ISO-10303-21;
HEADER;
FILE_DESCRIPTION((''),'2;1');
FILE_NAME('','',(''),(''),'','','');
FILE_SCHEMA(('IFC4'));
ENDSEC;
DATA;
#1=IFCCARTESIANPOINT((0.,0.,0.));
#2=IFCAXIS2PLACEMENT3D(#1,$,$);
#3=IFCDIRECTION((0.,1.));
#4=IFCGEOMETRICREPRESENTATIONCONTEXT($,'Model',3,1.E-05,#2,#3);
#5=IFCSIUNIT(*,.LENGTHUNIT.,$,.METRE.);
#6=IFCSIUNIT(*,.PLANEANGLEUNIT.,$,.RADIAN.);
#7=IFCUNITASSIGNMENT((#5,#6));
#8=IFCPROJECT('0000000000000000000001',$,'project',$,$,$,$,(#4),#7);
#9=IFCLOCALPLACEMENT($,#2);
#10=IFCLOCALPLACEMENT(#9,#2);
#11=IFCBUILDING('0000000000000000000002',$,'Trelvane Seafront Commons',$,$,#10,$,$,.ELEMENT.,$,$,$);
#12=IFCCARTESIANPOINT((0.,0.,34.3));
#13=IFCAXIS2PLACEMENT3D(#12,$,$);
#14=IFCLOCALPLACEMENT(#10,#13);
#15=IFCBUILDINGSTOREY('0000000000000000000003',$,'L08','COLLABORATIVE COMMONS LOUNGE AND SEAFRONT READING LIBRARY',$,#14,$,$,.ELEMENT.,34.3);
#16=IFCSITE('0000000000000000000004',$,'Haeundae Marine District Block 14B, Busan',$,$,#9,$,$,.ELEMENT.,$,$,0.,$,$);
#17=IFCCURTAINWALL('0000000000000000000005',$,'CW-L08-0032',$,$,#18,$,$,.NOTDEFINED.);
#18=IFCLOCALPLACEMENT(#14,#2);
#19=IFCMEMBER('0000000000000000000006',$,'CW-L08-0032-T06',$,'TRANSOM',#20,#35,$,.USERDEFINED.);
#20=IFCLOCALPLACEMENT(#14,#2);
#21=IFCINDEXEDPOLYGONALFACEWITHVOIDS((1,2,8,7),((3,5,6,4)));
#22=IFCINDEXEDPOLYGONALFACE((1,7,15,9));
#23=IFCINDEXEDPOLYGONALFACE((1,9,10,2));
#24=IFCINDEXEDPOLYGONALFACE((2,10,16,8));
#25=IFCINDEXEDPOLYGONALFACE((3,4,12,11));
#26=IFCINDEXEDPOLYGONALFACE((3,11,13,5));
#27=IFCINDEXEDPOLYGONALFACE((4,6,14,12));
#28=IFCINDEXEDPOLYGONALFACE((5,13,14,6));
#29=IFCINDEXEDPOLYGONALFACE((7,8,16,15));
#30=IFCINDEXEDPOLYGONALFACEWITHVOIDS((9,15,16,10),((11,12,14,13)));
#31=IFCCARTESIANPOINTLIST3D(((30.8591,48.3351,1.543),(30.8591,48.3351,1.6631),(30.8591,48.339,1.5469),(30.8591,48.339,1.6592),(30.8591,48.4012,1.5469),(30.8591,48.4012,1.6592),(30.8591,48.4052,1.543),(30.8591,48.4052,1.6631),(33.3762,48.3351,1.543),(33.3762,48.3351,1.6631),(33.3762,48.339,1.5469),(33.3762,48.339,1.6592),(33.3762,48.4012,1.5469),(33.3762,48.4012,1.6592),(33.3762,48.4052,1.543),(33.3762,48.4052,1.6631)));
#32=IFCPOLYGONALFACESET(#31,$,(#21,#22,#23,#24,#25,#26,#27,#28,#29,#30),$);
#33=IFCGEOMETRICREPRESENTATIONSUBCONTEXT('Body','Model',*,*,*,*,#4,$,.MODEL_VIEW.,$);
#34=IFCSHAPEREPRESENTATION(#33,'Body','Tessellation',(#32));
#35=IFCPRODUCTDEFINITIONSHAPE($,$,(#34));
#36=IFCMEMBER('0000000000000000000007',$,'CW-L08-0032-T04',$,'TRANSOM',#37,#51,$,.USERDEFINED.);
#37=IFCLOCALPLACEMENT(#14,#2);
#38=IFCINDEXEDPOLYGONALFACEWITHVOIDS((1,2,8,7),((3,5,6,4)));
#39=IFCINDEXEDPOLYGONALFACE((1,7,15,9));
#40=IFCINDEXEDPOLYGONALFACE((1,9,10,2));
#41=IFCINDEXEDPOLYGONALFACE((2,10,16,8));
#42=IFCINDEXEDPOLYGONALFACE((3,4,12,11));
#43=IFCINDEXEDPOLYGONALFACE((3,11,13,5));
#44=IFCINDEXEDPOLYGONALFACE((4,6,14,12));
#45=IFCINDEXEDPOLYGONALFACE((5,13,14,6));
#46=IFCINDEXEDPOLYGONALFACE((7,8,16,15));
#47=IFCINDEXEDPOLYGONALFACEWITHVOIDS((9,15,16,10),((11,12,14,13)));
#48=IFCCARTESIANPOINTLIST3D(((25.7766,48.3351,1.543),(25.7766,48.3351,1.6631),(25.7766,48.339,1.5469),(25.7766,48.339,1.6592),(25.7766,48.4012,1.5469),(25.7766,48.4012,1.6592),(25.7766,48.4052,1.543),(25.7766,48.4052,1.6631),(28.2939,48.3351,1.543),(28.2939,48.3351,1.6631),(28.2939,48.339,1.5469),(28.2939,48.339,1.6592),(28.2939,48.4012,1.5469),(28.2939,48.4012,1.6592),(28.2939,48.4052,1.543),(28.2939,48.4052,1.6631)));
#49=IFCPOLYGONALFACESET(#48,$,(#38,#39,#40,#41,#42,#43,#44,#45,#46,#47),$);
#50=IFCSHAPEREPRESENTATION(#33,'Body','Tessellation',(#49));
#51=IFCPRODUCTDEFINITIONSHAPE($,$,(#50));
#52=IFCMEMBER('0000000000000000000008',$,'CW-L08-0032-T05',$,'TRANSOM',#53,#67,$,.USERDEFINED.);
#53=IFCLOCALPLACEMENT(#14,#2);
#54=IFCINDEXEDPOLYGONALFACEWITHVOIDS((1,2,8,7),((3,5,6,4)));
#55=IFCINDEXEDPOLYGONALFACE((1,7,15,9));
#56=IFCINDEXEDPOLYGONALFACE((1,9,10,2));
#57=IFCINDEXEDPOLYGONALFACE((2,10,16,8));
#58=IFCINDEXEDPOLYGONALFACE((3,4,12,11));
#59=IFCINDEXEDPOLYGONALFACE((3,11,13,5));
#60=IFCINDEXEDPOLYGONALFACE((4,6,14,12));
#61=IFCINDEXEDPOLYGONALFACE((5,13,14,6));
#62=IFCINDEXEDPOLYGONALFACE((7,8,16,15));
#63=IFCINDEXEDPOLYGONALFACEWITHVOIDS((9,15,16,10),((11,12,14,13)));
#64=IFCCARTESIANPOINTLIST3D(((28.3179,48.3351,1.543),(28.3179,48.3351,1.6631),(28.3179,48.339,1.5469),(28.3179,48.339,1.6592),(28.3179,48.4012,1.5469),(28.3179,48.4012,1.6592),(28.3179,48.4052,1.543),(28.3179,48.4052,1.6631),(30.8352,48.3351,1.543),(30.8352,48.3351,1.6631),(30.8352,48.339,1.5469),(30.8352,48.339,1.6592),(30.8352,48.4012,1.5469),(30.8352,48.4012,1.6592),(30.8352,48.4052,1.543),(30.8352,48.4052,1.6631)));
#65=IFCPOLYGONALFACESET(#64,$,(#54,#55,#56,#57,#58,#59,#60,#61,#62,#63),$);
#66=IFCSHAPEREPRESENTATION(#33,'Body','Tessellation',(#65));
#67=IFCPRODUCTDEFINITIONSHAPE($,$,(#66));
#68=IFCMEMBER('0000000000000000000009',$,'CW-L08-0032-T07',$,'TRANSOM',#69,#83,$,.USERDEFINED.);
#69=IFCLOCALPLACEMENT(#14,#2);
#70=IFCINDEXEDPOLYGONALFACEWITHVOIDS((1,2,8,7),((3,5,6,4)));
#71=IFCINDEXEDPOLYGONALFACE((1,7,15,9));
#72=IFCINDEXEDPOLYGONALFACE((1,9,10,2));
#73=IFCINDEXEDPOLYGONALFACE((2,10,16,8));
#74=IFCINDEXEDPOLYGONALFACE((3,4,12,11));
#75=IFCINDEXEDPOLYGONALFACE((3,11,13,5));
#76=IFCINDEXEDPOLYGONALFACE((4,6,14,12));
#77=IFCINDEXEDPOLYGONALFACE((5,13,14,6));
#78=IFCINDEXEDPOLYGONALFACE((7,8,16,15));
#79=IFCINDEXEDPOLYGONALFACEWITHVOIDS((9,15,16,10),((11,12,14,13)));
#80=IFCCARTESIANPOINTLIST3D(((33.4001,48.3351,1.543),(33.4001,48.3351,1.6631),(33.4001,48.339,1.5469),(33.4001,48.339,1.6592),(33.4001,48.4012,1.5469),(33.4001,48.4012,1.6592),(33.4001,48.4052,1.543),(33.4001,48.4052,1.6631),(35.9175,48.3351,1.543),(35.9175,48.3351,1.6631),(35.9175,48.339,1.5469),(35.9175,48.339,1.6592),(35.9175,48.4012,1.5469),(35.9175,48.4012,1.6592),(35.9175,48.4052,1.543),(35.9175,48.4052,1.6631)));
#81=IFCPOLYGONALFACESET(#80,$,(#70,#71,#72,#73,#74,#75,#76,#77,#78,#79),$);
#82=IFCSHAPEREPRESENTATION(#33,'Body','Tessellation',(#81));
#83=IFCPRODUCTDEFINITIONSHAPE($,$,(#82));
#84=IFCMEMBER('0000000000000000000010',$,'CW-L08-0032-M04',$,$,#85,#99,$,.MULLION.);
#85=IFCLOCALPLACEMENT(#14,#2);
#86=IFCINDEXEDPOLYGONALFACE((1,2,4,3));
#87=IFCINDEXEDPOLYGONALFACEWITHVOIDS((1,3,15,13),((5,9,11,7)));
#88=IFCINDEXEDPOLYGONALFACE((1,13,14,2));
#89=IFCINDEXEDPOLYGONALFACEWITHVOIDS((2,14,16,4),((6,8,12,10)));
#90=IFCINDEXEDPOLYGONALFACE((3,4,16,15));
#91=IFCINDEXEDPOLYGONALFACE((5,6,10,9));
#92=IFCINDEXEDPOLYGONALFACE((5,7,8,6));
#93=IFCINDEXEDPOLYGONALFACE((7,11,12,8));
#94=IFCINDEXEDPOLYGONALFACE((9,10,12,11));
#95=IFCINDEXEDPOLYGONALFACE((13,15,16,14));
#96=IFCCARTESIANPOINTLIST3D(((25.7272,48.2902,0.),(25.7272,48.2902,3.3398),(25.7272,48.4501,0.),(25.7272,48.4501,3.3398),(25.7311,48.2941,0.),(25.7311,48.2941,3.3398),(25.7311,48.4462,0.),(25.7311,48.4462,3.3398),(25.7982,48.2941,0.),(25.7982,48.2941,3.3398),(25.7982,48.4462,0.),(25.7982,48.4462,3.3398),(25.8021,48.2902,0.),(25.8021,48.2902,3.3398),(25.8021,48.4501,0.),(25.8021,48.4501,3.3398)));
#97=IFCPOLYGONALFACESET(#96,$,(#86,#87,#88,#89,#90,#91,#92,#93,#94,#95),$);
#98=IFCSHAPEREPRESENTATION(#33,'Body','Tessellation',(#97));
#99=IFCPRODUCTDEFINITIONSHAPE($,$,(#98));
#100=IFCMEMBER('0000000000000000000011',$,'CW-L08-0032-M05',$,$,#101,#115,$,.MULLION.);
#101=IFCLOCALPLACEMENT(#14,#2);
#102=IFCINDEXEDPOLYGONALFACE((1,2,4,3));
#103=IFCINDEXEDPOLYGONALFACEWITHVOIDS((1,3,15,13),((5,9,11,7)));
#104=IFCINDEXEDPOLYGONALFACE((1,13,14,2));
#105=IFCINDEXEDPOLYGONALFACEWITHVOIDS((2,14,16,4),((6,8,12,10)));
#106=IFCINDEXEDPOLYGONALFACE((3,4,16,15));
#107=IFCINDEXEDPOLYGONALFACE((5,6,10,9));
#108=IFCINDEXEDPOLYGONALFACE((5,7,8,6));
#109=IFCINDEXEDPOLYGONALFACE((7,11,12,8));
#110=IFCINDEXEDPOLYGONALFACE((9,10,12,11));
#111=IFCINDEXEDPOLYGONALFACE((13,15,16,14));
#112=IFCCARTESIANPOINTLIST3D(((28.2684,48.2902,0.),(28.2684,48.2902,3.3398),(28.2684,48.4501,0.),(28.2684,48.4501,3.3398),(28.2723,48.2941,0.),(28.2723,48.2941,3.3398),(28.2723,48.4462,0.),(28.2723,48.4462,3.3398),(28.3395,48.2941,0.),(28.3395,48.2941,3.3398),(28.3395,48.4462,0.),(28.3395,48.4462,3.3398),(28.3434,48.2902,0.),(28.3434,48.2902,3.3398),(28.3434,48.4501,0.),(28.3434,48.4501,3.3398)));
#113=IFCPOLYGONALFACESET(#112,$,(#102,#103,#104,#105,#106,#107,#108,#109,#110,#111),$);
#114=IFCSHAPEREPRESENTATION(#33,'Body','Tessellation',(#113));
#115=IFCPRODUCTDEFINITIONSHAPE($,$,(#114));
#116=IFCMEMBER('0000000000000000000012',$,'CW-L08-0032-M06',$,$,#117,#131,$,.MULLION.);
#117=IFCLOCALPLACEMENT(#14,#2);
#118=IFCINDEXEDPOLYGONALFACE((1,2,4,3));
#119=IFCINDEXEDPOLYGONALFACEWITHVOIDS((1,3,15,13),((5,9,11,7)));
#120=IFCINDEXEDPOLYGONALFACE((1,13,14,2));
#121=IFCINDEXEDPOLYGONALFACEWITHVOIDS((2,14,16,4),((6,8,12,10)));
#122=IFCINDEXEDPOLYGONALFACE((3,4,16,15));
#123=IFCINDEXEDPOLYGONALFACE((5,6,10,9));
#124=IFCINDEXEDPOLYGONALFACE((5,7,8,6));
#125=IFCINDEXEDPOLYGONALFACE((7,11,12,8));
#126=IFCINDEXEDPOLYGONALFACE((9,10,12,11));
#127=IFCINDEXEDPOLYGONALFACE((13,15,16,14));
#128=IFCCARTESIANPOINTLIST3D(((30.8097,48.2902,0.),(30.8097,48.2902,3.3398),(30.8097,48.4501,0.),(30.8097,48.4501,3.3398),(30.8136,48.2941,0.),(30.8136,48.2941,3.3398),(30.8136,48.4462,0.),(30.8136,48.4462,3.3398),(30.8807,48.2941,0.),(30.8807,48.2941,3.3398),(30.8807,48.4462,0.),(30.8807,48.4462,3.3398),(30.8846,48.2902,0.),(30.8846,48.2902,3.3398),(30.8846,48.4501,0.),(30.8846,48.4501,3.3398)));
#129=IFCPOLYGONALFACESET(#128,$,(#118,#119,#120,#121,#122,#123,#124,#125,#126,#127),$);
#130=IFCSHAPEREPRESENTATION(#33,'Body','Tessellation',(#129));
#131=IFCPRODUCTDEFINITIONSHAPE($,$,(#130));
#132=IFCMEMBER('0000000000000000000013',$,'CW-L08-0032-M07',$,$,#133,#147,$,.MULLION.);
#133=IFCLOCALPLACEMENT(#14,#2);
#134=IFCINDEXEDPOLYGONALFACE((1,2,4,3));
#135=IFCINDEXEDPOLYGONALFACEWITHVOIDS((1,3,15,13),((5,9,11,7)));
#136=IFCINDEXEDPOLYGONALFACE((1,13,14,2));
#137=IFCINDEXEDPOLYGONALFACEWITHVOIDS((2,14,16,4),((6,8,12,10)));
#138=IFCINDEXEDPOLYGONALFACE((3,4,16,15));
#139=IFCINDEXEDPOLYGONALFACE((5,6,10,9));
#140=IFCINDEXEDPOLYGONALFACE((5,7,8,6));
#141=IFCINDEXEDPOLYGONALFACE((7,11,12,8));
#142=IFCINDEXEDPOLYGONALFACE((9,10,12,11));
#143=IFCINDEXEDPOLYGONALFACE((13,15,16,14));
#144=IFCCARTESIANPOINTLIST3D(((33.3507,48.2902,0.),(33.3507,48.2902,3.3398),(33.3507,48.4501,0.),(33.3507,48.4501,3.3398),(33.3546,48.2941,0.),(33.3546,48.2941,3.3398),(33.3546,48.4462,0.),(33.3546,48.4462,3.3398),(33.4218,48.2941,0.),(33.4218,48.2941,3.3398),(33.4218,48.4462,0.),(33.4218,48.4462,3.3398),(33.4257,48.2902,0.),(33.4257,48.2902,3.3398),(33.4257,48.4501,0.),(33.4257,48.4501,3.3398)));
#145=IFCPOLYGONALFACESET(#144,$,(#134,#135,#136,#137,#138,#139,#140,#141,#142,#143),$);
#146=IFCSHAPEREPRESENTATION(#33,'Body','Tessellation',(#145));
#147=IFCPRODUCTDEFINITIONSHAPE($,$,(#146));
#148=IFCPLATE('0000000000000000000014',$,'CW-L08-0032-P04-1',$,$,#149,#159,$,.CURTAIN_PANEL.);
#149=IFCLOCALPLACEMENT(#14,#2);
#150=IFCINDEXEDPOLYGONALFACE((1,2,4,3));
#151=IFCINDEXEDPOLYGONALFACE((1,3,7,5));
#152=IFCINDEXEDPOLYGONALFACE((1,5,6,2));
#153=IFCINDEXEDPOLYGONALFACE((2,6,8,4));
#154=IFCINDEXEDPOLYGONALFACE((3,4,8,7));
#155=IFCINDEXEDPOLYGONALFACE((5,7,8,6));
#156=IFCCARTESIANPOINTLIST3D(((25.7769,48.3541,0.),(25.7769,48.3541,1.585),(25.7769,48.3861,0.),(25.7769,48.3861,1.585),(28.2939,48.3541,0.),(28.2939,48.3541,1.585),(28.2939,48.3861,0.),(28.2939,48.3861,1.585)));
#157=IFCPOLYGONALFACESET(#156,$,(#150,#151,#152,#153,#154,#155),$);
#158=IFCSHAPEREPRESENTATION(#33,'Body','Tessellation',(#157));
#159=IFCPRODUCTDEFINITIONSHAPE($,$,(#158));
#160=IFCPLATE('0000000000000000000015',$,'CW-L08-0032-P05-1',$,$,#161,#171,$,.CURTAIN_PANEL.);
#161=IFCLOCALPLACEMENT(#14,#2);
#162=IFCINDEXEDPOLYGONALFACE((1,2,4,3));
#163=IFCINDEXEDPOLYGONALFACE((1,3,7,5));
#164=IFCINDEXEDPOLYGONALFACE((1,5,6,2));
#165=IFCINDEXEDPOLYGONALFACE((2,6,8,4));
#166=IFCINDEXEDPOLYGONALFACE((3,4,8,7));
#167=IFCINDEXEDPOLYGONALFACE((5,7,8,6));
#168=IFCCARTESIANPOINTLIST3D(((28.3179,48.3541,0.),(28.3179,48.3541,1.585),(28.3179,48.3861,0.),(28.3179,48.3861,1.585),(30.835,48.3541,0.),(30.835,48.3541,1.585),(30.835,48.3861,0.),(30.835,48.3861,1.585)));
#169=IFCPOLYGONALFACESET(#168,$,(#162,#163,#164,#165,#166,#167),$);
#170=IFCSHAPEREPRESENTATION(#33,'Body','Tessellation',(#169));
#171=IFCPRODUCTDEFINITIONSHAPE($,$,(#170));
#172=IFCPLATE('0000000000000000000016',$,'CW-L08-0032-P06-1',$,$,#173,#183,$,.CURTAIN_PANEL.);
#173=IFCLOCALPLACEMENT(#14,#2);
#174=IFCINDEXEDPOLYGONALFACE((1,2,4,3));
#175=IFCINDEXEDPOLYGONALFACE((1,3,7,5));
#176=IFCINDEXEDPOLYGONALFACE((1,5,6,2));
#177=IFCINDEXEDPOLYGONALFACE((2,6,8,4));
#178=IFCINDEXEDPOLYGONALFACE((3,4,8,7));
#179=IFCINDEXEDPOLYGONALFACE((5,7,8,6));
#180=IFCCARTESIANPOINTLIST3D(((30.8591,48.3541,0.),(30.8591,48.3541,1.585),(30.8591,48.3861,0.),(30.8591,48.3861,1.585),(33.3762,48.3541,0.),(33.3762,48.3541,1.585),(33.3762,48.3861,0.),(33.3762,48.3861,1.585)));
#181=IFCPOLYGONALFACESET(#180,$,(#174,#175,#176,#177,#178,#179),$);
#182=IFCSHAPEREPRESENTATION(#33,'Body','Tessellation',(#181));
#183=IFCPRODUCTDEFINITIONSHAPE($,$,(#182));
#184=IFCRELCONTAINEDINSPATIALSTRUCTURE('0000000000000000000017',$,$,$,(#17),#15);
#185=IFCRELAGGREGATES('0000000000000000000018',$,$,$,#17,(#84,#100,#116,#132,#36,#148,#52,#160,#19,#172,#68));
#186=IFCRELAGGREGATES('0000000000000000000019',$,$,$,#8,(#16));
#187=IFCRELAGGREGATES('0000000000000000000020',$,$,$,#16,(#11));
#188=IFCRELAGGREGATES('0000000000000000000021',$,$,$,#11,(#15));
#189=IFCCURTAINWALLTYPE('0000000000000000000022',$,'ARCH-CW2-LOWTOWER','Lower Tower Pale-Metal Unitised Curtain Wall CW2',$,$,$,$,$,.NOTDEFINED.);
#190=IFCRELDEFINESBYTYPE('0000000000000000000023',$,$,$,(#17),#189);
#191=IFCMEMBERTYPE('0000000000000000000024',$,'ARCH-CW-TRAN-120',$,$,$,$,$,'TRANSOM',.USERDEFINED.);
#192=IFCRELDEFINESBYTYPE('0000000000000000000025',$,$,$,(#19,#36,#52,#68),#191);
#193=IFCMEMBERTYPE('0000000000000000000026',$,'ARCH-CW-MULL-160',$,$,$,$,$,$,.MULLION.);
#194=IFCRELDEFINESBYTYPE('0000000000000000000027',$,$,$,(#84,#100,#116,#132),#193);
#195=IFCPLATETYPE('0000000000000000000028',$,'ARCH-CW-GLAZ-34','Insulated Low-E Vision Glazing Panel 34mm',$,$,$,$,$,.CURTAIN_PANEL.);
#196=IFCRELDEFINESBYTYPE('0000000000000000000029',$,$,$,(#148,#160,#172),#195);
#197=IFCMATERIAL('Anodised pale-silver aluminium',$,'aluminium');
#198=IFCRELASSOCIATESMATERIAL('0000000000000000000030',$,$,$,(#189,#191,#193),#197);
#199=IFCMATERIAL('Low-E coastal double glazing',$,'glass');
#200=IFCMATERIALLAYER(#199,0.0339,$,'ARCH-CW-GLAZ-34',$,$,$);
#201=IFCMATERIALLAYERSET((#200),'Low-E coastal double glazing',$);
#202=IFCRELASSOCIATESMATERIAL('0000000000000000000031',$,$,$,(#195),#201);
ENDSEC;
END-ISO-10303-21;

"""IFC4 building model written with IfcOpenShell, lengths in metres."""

from ifc_helpers import new_model, si_unit, direction, frame, origin, origin_2d, place, context, subcontext, project, spatial, rectangle, hollow_rectangle, extrude, source, transform, mapped, material, layer, layer_set, material_profile, profile_set, type_object, element, aggregate, save


model = new_model("IFC4")

# Units and contexts
model_context = context("Model", 3, precision=1e-05, world=origin(), true_north=direction((0.0, 1.0)))
body_context = subcontext(model_context, "Body", "Model", "MODEL_VIEW")
ifc_project = project(units=[si_unit("LENGTHUNIT", "METRE"), si_unit("PLANEANGLEUNIT", "RADIAN")], contexts=[model_context])

# Site, building, storey
site_placement = place(None, origin())
site = spatial("IfcSite", under=ifc_project, at=site_placement, Name="Haeundae Marine District Block 14B, Busan", CompositionType="ELEMENT", RefElevation=0.0)
building_placement = place(site_placement, origin())
building = spatial("IfcBuilding", under=site, at=building_placement, Name="Trelvane Seafront Commons", CompositionType="ELEMENT")
storey_placement = place(building_placement, frame((0.0, 0.0, 34.3)))
storey = spatial("IfcBuildingStorey", under=building, at=storey_placement, Name="L08", Description="COLLABORATIVE COMMONS LOUNGE AND SEAFRONT READING LIBRARY", CompositionType="ELEMENT", Elevation=34.3)

# Curtain wall, members, plates
ifc_material_1 = material(Name="Anodised pale-silver aluminium", Category="aluminium")
curtain_wall_type = type_object("IfcCurtainWallType", Name="ARCH-CW2-LOWTOWER", Description="Lower Tower Pale-Metal Unitised Curtain Wall CW2", PredefinedType="NOTDEFINED", material=ifc_material_1)
curtain_wall_placement = place(storey_placement, origin())
curtain_wall = element("IfcCurtainWall", 1, at=curtain_wall_placement, inside=storey, type_object=curtain_wall_type, Name="CW-L08-0032", PredefinedType="NOTDEFINED")
ifc_material_profile_1 = material_profile(ifc_material_1, hollow_rectangle(XDim=0.0701, YDim=0.1201, WallThickness=0.0039, at=origin_2d()), Name="TRAN-70x120x4")
ifc_profile_set_1 = profile_set([ifc_material_profile_1], Name="Anodised pale-silver aluminium")
member_type_1 = type_object("IfcMemberType", Name="ARCH-CW-TRAN-120", ElementType="TRANSOM", PredefinedType="USERDEFINED", material=ifc_profile_set_1)
shared_shape_1 = source(origin(), body_context, "Body", "SweptSolid", [
    extrude(hollow_rectangle(XDim=0.0701, YDim=0.1201, WallThickness=0.0039, at=origin_2d()), origin(), (0.0, 0.0, 1.0), 2.5171),
])
member_1_placement = place(storey_placement, frame((30.8591, 48.3701, 1.603), z_axis=(1.0, 0.0, 0.0), x_axis=(0.0, 1.0, 0.0)))
member_1 = element("IfcMember", 2, at=member_1_placement, type_object=member_type_1, Name="CW-L08-0032-T06", ObjectType="TRANSOM", PredefinedType="USERDEFINED", context=body_context, shape_type="MappedRepresentation", body=[
    mapped(shared_shape_1, transform((0.0, 0.0, 0.0), x_axis=(1.0, 0.0, 0.0), y_axis=(0.0, 1.0, 0.0), z_axis=(0.0, 0.0, 1.0), scale=1.0)),
])
shared_shape_2 = source(origin(), body_context, "Body", "SweptSolid", [
    extrude(hollow_rectangle(XDim=0.0701, YDim=0.1201, WallThickness=0.0039, at=origin_2d()), origin(), (0.0, 0.0, 1.0), 2.5173),
])
member_2_placement = place(storey_placement, frame((25.7766, 48.3701, 1.603), z_axis=(1.0, 0.0, 0.0), x_axis=(0.0, 1.0, 0.0)))
member_2 = element("IfcMember", 3, at=member_2_placement, type_object=member_type_1, Name="CW-L08-0032-T04", ObjectType="TRANSOM", PredefinedType="USERDEFINED", context=body_context, shape_type="MappedRepresentation", body=[
    mapped(shared_shape_2, transform((0.0, 0.0, 0.0), x_axis=(1.0, 0.0, 0.0), y_axis=(0.0, 1.0, 0.0), z_axis=(0.0, 0.0, 1.0), scale=1.0)),
])
member_3_placement = place(storey_placement, frame((28.3179, 48.3701, 1.603), z_axis=(1.0, 0.0, 0.0), x_axis=(0.0, 1.0, 0.0)))
member_3 = element("IfcMember", 4, at=member_3_placement, type_object=member_type_1, Name="CW-L08-0032-T05", ObjectType="TRANSOM", PredefinedType="USERDEFINED", context=body_context, shape_type="MappedRepresentation", body=[
    mapped(shared_shape_2, transform((0.0, 0.0, 0.0), x_axis=(1.0, 0.0, 0.0), y_axis=(0.0, 1.0, 0.0), z_axis=(0.0, 0.0, 1.0), scale=1.0)),
])
member_4_placement = place(storey_placement, frame((33.4001, 48.3701, 1.603), z_axis=(1.0, 0.0, 0.0), x_axis=(0.0, 1.0, 0.0)))
member_4 = element("IfcMember", 5, at=member_4_placement, type_object=member_type_1, Name="CW-L08-0032-T07", ObjectType="TRANSOM", PredefinedType="USERDEFINED", context=body_context, shape_type="MappedRepresentation", body=[
    mapped(shared_shape_2, transform((0.0, 0.0, 0.0), x_axis=(1.0, 0.0, 0.0), y_axis=(0.0, 1.0, 0.0), z_axis=(0.0, 0.0, 1.0), scale=1.0)),
])
ifc_material_profile_2 = material_profile(ifc_material_1, hollow_rectangle(XDim=0.075, YDim=0.1599, WallThickness=0.0039, at=origin_2d()), Name="MULL-75x160x4")
ifc_profile_set_2 = profile_set([ifc_material_profile_2], Name="Anodised pale-silver aluminium")
member_type_2 = type_object("IfcMemberType", Name="ARCH-CW-MULL-160", PredefinedType="MULLION", material=ifc_profile_set_2)
shared_shape_3 = source(origin(), body_context, "Body", "SweptSolid", [
    extrude(hollow_rectangle(XDim=0.075, YDim=0.1599, WallThickness=0.0039, at=origin_2d()), origin(), (0.0, 0.0, 1.0), 3.3398),
])
member_5_placement = place(storey_placement, frame((25.7646, 48.3701, 0.0), z_axis=(0.0, 0.0, 1.0), x_axis=(1.0, 0.0, 0.0)))
member_5 = element("IfcMember", 6, at=member_5_placement, type_object=member_type_2, Name="CW-L08-0032-M04", PredefinedType="MULLION", context=body_context, shape_type="MappedRepresentation", body=[
    mapped(shared_shape_3, transform((0.0, 0.0, 0.0), x_axis=(1.0, 0.0, 0.0), y_axis=(0.0, 1.0, 0.0), z_axis=(0.0, 0.0, 1.0), scale=1.0)),
])
member_6_placement = place(storey_placement, frame((28.3059, 48.3701, 0.0), z_axis=(0.0, 0.0, 1.0), x_axis=(1.0, 0.0, 0.0)))
member_6 = element("IfcMember", 7, at=member_6_placement, type_object=member_type_2, Name="CW-L08-0032-M05", PredefinedType="MULLION", context=body_context, shape_type="MappedRepresentation", body=[
    mapped(shared_shape_3, transform((0.0, 0.0, 0.0), x_axis=(1.0, 0.0, 0.0), y_axis=(0.0, 1.0, 0.0), z_axis=(0.0, 0.0, 1.0), scale=1.0)),
])
member_7_placement = place(storey_placement, frame((30.8472, 48.3701, 0.0), z_axis=(0.0, 0.0, 1.0), x_axis=(1.0, 0.0, 0.0)))
member_7 = element("IfcMember", 8, at=member_7_placement, type_object=member_type_2, Name="CW-L08-0032-M06", PredefinedType="MULLION", context=body_context, shape_type="MappedRepresentation", body=[
    mapped(shared_shape_3, transform((0.0, 0.0, 0.0), x_axis=(1.0, 0.0, 0.0), y_axis=(0.0, 1.0, 0.0), z_axis=(0.0, 0.0, 1.0), scale=1.0)),
])
member_8_placement = place(storey_placement, frame((33.3882, 48.3701, 0.0), z_axis=(0.0, 0.0, 1.0), x_axis=(1.0, 0.0, 0.0)))
member_8 = element("IfcMember", 9, at=member_8_placement, type_object=member_type_2, Name="CW-L08-0032-M07", PredefinedType="MULLION", context=body_context, shape_type="MappedRepresentation", body=[
    mapped(shared_shape_3, transform((0.0, 0.0, 0.0), x_axis=(1.0, 0.0, 0.0), y_axis=(0.0, 1.0, 0.0), z_axis=(0.0, 0.0, 1.0), scale=1.0)),
])
ifc_material_2 = material(Name="Low-E coastal double glazing", Category="glass")
ifc_layer_1 = layer(ifc_material_2, 0.0339, Name="ARCH-CW-GLAZ-34")
ifc_layer_set_1 = layer_set([ifc_layer_1], Name="Low-E coastal double glazing")
plate_type_1 = type_object("IfcPlateType", Name="ARCH-CW-GLAZ-34", Description="Insulated Low-E Vision Glazing Panel 34mm", PredefinedType="CURTAIN_PANEL", material=ifc_layer_set_1)
shared_shape_4 = source(origin(), body_context, "Body", "SweptSolid", [
    extrude(rectangle(XDim=2.5171, YDim=0.032, at=origin_2d()), origin(), (0.0, 0.0, 1.0), 1.585),
])
plate_1_placement = place(storey_placement, frame((27.0354, 48.3701, 0.0), z_axis=(0.0, 0.0, 1.0), x_axis=(1.0, 0.0, 0.0)))
plate_1 = element("IfcPlate", 10, at=plate_1_placement, type_object=plate_type_1, Name="CW-L08-0032-P04-1", PredefinedType="CURTAIN_PANEL", context=body_context, shape_type="MappedRepresentation", body=[
    mapped(shared_shape_4, transform((0.0, 0.0, 0.0), x_axis=(1.0, 0.0, 0.0), y_axis=(0.0, 1.0, 0.0), z_axis=(0.0, 0.0, 1.0), scale=1.0)),
])
plate_2_placement = place(storey_placement, frame((29.5764, 48.3701, 0.0), z_axis=(0.0, 0.0, 1.0), x_axis=(1.0, 0.0, 0.0)))
plate_2 = element("IfcPlate", 11, at=plate_2_placement, type_object=plate_type_1, Name="CW-L08-0032-P05-1", PredefinedType="CURTAIN_PANEL", context=body_context, shape_type="MappedRepresentation", body=[
    mapped(shared_shape_4, transform((0.0, 0.0, 0.0), x_axis=(1.0, 0.0, 0.0), y_axis=(0.0, 1.0, 0.0), z_axis=(0.0, 0.0, 1.0), scale=1.0)),
])
plate_3_placement = place(storey_placement, frame((32.1177, 48.3701, 0.0), z_axis=(0.0, 0.0, 1.0), x_axis=(1.0, 0.0, 0.0)))
plate_3 = element("IfcPlate", 12, at=plate_3_placement, type_object=plate_type_1, Name="CW-L08-0032-P06-1", PredefinedType="CURTAIN_PANEL", context=body_context, shape_type="MappedRepresentation", body=[
    mapped(shared_shape_4, transform((0.0, 0.0, 0.0), x_axis=(1.0, 0.0, 0.0), y_axis=(0.0, 1.0, 0.0), z_axis=(0.0, 0.0, 1.0), scale=1.0)),
])
aggregate(curtain_wall, [member_5, member_6, member_7, member_8, member_2, plate_1, member_3, plate_2, member_1, plate_3, member_4])

save(model, "model.ifc")
